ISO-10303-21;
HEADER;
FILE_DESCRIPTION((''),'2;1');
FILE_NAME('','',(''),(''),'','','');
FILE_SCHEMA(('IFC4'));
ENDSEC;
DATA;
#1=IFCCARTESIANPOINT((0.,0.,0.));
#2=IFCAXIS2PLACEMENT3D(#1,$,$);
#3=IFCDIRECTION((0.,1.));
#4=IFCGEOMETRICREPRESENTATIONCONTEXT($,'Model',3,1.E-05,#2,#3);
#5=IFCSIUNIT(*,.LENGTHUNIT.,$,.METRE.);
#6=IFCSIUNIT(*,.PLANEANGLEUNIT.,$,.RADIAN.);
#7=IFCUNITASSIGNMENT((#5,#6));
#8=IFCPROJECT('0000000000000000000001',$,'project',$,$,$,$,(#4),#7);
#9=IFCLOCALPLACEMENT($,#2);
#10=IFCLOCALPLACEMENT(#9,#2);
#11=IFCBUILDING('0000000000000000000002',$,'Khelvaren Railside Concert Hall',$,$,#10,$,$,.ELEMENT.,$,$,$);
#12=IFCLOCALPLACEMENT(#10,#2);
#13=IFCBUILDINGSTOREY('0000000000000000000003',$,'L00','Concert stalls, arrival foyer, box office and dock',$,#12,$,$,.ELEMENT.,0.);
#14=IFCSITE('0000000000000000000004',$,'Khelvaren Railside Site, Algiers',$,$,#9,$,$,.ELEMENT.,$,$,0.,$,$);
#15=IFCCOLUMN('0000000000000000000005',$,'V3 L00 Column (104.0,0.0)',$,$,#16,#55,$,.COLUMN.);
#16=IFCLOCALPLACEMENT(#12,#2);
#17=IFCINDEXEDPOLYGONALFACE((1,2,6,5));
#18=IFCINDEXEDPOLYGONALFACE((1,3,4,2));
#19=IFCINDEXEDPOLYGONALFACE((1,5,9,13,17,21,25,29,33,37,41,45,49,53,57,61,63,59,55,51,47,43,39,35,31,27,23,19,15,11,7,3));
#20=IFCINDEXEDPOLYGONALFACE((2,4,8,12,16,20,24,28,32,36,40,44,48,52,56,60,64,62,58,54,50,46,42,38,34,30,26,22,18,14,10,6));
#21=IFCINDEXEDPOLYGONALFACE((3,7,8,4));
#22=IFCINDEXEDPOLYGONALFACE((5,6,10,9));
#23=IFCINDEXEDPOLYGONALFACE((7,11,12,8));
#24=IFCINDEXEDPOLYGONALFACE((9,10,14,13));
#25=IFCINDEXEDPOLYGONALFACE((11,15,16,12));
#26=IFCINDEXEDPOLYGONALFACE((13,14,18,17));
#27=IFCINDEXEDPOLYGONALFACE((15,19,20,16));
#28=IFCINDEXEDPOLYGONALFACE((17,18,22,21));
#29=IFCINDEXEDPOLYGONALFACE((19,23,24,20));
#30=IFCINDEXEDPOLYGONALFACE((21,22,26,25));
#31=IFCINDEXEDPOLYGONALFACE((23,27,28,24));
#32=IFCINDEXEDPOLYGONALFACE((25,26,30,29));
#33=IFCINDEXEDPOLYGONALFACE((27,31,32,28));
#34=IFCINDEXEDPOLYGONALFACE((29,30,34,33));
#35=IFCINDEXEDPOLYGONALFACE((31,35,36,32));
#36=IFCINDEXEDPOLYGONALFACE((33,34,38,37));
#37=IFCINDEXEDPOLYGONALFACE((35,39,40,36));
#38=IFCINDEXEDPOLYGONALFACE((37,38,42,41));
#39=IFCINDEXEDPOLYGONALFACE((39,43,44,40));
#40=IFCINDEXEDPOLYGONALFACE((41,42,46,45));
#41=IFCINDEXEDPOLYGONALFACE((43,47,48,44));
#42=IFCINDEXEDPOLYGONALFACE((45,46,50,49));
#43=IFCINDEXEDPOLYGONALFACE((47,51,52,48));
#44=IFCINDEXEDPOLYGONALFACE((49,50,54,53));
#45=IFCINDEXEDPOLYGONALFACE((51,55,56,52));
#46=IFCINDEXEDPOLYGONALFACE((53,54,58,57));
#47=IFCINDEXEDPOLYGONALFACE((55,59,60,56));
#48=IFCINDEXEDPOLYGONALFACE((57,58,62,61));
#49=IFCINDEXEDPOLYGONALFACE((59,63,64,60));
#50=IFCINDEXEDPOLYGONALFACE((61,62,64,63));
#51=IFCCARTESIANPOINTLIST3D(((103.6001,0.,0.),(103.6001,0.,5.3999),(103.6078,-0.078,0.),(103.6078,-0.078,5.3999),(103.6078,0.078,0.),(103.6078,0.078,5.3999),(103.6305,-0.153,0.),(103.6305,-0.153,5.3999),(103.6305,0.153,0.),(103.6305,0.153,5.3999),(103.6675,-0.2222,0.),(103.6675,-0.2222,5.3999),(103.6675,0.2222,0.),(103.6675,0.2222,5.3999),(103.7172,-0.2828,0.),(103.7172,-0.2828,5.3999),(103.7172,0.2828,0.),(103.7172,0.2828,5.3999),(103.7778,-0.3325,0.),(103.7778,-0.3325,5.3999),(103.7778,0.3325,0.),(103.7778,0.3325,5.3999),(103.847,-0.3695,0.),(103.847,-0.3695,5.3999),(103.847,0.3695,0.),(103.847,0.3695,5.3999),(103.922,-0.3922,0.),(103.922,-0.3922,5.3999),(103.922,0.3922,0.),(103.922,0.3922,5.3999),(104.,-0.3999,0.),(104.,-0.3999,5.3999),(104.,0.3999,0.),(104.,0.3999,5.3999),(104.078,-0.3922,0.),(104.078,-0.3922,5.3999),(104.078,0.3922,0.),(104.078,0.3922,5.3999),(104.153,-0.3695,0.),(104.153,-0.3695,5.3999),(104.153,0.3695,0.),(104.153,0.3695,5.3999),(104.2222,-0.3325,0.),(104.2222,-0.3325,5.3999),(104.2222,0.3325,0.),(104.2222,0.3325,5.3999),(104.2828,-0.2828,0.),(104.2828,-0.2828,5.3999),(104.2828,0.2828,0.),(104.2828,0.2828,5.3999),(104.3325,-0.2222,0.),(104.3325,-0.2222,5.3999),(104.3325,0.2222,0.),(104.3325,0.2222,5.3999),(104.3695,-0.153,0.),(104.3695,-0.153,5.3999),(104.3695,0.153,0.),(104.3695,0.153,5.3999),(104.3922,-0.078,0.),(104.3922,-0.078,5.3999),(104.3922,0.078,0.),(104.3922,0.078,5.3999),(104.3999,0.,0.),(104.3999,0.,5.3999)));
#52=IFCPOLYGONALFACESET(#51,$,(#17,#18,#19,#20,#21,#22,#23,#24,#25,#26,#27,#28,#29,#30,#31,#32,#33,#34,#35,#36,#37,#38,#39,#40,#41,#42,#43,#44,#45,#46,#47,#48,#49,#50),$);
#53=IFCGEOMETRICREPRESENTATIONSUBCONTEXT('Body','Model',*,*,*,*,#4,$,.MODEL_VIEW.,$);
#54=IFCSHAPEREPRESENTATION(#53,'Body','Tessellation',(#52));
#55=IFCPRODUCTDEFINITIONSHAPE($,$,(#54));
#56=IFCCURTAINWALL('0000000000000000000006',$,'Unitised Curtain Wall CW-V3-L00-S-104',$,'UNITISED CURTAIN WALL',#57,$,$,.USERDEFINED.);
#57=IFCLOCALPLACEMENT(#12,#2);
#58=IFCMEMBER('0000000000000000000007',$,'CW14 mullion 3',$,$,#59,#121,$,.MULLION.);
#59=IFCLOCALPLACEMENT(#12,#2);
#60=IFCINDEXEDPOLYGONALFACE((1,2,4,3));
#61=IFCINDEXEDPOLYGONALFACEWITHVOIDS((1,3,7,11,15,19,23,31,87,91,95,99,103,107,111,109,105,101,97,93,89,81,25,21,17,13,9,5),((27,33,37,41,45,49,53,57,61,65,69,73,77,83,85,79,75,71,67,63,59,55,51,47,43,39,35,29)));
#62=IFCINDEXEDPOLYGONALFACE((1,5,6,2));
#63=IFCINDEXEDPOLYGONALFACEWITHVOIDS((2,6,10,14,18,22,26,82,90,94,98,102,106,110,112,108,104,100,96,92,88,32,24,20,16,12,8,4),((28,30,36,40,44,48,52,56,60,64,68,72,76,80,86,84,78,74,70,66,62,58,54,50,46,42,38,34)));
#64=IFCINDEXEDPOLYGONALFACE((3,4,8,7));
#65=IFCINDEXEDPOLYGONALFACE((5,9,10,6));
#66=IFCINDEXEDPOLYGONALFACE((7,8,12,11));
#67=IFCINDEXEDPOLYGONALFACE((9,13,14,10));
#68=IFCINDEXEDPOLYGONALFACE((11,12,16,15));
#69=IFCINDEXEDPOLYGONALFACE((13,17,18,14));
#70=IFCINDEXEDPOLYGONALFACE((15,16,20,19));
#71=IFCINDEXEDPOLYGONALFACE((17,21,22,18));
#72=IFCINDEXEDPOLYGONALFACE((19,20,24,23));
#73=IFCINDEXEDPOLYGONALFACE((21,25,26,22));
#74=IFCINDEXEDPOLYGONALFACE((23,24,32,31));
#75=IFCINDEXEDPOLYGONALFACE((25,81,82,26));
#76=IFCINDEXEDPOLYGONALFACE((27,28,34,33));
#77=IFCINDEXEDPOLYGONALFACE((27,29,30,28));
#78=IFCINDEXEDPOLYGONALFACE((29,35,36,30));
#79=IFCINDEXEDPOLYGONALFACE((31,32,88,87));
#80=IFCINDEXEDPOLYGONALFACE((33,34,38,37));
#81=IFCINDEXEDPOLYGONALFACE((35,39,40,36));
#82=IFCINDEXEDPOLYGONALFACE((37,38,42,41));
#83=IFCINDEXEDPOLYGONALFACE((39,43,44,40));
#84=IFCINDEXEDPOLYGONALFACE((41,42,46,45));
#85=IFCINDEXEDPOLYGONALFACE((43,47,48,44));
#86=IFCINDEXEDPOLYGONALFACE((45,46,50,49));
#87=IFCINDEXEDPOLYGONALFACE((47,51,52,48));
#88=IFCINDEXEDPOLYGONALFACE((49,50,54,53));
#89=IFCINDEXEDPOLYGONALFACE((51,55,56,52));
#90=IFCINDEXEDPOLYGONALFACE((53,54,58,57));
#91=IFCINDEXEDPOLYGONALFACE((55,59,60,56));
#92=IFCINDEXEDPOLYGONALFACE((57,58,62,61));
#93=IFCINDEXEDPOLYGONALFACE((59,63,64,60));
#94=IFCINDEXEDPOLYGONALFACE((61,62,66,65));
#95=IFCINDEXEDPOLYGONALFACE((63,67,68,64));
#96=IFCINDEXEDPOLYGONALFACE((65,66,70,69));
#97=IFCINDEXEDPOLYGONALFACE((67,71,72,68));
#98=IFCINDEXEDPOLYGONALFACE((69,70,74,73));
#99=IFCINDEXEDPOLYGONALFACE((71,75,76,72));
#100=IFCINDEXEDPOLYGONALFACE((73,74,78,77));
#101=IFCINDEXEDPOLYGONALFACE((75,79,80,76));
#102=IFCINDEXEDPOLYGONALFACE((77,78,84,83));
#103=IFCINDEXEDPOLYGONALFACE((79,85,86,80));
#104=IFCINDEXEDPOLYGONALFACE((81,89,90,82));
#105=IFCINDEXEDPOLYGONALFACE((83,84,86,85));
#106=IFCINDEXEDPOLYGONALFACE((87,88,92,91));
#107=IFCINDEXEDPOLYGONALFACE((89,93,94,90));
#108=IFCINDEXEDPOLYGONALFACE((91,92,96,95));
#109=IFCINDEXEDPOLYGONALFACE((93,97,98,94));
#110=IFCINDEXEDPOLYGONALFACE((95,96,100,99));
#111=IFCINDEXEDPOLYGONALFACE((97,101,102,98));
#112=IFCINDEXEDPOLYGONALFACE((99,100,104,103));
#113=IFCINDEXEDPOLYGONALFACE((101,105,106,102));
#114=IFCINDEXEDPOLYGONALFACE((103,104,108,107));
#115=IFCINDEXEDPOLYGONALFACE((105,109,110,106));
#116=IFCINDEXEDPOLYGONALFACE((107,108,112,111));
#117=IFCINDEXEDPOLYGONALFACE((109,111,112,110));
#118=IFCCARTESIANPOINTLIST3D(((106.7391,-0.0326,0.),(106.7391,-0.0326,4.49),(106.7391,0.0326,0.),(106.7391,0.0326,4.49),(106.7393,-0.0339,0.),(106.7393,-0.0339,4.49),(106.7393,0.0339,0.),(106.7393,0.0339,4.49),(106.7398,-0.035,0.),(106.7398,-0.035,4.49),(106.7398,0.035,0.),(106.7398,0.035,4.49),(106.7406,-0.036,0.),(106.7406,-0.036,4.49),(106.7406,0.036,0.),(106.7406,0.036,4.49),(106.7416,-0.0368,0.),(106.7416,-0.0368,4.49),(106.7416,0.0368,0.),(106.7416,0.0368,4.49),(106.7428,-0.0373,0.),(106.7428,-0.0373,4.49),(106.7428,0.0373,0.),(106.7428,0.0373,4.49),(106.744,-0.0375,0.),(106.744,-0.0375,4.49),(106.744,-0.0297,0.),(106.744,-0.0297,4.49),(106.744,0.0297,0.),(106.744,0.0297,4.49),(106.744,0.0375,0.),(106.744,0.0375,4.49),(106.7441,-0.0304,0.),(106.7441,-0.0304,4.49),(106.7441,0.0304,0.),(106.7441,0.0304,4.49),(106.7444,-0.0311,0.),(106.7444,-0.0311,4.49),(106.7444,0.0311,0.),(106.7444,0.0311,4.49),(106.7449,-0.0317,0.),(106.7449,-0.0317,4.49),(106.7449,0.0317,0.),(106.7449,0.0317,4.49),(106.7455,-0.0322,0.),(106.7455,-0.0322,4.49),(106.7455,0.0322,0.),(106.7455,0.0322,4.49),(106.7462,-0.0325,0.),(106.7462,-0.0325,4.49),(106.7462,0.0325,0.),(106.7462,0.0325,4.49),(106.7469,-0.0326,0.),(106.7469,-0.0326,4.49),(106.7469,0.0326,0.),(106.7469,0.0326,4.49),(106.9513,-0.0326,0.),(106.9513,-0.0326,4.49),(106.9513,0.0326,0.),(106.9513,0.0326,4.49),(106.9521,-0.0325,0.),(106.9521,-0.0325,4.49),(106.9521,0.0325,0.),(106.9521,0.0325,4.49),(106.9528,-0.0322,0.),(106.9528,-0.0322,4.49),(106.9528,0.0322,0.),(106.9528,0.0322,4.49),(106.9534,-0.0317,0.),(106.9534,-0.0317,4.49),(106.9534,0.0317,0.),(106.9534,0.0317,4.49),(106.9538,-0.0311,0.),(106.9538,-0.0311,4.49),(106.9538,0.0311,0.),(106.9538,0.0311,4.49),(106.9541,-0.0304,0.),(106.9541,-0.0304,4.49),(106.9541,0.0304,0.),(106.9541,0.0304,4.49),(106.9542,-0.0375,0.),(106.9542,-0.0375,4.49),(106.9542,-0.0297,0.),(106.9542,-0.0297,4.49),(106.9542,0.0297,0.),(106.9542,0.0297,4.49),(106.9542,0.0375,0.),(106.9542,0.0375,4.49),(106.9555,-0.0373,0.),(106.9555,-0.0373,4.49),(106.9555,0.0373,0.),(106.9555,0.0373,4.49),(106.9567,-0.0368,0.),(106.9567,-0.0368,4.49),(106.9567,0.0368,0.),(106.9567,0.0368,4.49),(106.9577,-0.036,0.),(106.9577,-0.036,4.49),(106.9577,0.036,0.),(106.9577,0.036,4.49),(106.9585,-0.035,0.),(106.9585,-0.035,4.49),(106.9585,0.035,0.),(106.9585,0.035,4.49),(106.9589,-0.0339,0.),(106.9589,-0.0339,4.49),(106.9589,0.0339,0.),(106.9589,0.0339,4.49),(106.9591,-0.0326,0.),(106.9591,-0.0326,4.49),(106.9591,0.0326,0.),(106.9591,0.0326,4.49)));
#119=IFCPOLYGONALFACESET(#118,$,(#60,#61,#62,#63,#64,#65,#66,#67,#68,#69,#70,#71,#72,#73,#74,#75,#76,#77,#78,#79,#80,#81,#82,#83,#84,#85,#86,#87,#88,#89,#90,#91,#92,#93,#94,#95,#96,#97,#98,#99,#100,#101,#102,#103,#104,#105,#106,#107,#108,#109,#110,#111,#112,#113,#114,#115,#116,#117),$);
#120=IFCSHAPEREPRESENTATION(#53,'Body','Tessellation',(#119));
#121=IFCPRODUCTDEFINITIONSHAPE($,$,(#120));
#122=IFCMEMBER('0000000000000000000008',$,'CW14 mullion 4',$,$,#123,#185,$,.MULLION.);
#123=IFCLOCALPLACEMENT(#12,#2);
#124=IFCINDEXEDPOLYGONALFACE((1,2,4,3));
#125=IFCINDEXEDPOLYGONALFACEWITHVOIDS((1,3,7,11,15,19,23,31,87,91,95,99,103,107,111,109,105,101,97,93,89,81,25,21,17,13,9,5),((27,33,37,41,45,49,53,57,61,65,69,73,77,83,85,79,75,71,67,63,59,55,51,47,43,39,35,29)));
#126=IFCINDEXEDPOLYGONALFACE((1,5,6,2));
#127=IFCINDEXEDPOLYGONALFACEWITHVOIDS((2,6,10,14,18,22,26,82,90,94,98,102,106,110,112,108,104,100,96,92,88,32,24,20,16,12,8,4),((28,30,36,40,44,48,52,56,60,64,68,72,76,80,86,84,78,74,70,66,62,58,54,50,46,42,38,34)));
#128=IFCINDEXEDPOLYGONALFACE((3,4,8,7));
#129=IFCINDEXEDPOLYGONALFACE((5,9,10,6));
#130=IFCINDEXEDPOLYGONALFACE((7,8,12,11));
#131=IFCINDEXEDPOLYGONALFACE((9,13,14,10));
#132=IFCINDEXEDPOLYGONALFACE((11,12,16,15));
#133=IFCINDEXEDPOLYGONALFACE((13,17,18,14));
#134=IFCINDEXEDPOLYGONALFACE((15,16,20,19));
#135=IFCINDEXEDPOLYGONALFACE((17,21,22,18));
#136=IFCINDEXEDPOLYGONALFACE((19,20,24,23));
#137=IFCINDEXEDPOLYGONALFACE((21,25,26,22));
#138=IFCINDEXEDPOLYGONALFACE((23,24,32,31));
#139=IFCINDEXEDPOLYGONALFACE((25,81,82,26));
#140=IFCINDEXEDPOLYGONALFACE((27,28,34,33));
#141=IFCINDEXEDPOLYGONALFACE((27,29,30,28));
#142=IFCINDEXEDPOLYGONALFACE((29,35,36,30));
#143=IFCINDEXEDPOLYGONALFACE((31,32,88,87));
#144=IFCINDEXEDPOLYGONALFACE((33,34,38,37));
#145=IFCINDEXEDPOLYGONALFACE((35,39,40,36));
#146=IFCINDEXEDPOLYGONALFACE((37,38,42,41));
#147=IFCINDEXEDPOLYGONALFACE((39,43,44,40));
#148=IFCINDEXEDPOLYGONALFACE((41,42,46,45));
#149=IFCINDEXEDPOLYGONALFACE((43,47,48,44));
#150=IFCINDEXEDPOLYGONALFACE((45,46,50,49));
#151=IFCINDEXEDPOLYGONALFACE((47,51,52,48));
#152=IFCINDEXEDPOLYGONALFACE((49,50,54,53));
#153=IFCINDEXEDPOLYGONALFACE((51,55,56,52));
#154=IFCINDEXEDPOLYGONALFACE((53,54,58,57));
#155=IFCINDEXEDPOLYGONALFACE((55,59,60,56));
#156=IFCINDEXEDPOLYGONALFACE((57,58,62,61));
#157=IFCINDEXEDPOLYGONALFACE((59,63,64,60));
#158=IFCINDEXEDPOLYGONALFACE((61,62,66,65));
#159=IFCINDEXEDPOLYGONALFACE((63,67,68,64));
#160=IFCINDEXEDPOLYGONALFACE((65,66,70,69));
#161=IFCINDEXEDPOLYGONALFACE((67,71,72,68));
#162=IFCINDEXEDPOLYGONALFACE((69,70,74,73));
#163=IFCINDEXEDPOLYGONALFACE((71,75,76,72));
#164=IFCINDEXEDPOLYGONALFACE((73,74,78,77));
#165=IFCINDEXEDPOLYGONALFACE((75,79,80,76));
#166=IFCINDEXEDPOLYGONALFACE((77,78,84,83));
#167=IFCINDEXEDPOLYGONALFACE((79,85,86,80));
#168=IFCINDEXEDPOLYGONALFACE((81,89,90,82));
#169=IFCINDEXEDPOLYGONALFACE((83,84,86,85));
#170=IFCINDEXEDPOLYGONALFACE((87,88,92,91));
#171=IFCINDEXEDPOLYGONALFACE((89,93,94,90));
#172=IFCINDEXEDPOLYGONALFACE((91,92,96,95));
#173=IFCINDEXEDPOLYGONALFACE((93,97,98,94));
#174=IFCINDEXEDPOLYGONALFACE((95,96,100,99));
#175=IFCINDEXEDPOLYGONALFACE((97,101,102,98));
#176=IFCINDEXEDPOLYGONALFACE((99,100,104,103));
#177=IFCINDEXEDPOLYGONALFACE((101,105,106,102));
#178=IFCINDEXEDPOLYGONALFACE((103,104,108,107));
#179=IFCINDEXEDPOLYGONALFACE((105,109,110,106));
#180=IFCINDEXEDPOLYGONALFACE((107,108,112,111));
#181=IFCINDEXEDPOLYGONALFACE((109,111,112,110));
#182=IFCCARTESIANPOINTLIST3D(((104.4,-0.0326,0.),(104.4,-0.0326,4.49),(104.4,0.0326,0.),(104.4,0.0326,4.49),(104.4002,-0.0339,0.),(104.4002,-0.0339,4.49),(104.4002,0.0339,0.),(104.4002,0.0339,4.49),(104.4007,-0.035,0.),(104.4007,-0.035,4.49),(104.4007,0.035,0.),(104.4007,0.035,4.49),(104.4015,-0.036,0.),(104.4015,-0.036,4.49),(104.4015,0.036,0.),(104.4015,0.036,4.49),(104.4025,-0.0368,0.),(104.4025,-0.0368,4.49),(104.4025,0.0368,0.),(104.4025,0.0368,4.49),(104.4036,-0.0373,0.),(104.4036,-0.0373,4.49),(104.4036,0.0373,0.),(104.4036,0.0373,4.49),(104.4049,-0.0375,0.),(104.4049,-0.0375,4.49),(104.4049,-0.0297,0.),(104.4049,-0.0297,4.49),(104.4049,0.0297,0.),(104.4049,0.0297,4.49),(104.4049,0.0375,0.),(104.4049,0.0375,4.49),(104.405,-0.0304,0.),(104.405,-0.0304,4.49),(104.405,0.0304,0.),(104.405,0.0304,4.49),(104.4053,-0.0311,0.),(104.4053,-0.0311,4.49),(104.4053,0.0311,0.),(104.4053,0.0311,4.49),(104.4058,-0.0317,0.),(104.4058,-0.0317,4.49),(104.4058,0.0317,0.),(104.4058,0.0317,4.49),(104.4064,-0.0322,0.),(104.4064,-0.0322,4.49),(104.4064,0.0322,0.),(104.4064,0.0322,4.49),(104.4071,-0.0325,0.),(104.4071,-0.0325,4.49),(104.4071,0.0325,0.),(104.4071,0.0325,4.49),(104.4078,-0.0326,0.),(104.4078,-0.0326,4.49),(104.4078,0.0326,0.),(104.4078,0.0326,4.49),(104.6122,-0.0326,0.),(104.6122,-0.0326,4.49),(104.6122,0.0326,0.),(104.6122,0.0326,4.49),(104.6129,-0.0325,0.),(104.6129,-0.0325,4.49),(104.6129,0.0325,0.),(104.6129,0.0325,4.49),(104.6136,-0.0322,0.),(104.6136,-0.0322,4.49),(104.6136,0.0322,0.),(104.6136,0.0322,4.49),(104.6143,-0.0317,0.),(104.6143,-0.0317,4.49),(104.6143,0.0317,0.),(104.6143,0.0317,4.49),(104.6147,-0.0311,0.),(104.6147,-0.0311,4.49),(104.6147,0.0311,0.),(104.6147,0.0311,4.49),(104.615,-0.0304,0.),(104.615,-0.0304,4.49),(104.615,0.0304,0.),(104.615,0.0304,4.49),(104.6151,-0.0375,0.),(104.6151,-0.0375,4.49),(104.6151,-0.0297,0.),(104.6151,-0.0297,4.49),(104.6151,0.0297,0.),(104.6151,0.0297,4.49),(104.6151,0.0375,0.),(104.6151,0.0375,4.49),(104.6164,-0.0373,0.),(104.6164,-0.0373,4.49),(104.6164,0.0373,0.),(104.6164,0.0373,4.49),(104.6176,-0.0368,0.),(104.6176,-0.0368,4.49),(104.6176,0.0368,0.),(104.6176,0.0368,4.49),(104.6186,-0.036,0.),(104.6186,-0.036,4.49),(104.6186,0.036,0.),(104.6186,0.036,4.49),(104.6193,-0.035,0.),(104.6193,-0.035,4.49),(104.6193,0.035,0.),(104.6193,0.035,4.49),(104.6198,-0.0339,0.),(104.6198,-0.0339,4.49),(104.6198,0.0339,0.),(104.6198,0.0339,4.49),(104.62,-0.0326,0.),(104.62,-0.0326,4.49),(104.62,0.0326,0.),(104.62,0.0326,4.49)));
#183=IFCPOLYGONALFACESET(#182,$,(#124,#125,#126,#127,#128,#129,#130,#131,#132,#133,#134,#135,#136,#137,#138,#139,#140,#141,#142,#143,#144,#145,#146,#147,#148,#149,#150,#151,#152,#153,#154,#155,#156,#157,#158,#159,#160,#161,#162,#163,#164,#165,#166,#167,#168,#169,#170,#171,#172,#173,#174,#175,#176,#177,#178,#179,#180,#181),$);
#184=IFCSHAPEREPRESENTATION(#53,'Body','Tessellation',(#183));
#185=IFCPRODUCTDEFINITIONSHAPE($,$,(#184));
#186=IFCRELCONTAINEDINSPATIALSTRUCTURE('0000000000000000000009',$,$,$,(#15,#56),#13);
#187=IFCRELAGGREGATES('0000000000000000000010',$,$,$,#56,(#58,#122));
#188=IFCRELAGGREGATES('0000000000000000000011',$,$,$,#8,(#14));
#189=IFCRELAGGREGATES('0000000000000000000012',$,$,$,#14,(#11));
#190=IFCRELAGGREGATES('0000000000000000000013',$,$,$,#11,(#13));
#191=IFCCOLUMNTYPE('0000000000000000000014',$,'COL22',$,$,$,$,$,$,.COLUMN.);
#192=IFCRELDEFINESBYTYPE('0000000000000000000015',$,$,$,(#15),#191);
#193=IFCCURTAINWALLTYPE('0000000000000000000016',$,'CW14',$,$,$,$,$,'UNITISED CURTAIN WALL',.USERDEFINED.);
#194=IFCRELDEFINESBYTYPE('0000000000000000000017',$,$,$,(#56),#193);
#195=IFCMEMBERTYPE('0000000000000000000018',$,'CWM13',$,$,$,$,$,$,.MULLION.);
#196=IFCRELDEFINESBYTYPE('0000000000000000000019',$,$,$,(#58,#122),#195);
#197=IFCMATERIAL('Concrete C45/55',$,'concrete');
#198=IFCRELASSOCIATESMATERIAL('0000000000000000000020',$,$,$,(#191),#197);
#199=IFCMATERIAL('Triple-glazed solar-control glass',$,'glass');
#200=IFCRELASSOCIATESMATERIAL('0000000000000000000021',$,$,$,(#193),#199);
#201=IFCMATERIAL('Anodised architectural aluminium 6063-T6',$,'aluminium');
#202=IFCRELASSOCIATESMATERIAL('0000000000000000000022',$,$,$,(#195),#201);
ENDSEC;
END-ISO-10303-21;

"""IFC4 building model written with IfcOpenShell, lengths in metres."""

from ifc_helpers import new_model, si_unit, direction, frame, origin, origin_2d, place, context, subcontext, project, spatial, hollow_rectangle, circle, extrude, material, material_profile, profile_set, type_object, element, aggregate, save


model = new_model("IFC4")

# Units and contexts
model_context = context("Model", 3, precision=1e-05, world=origin(), true_north=direction((0.0, 1.0)))
body_context = subcontext(model_context, "Body", "Model", "MODEL_VIEW")
ifc_project = project(units=[si_unit("LENGTHUNIT", "METRE"), si_unit("PLANEANGLEUNIT", "RADIAN")], contexts=[model_context])

# Site, building, storey
site_placement = place(None, origin())
site = spatial("IfcSite", under=ifc_project, at=site_placement, Name="Khelvaren Railside Site, Algiers", CompositionType="ELEMENT", RefElevation=0.0)
building_placement = place(site_placement, origin())
building = spatial("IfcBuilding", under=site, at=building_placement, Name="Khelvaren Railside Concert Hall", CompositionType="ELEMENT")
storey_placement = place(building_placement, origin())
storey = spatial("IfcBuildingStorey", under=building, at=storey_placement, Name="L00", Description="Concert stalls, arrival foyer, box office and dock", CompositionType="ELEMENT", Elevation=0.0)

# Column
ifc_material_1 = material(Name="Concrete C45/55", Category="concrete")
ifc_material_profile_1 = material_profile(ifc_material_1, circle(Radius=0.3999, at=origin_2d()), Name="RC D800")
ifc_profile_set_1 = profile_set([ifc_material_profile_1], Name="Concrete C45/55")
column_type = type_object("IfcColumnType", Name="COL22", PredefinedType="COLUMN", material=ifc_profile_set_1)
column_placement = place(storey_placement, frame((104.0, 0.0, 0.0), z_axis=(0.0, 0.0, 1.0), x_axis=(1.0, 0.0, 0.0)))
element("IfcColumn", 1, at=column_placement, inside=storey, type_object=column_type, Name="V3 L00 Column (104.0,0.0)", PredefinedType="COLUMN", context=body_context, shape_type="SweptSolid", body=[
    extrude(circle(Radius=0.3999, at=origin_2d()), origin(), (0.0, 0.0, 1.0), 5.3999),
])

# Curtain wall, members
ifc_material_2 = material(Name="Triple-glazed solar-control glass", Category="glass")
curtain_wall_type = type_object("IfcCurtainWallType", Name="CW14", ElementType="UNITISED CURTAIN WALL", PredefinedType="USERDEFINED", material=ifc_material_2)
curtain_wall_placement = place(storey_placement, origin())
curtain_wall = element("IfcCurtainWall", 2, at=curtain_wall_placement, inside=storey, type_object=curtain_wall_type, Name="Unitised Curtain Wall CW-V3-L00-S-104", ObjectType="UNITISED CURTAIN WALL", PredefinedType="USERDEFINED")
ifc_material_3 = material(Name="Anodised architectural aluminium 6063-T6", Category="aluminium")
ifc_material_profile_2 = material_profile(ifc_material_3, hollow_rectangle(XDim=0.075, YDim=0.22, WallThickness=0.0049, InnerFilletRadius=0.0029, OuterFilletRadius=0.0049, at=origin_2d()), Name="CWM 75x220x5")
ifc_profile_set_2 = profile_set([ifc_material_profile_2], Name="Anodised architectural aluminium 6063-T6")
member_type_1 = type_object("IfcMemberType", Name="CWM13", PredefinedType="MULLION", material=ifc_profile_set_2)
member_1_placement = place(storey_placement, frame((106.8491, 0.0, 0.0), z_axis=(0.0, 0.0, 1.0), x_axis=(0.0, -1.0, 0.0)))
member_1 = element("IfcMember", 3, at=member_1_placement, type_object=member_type_1, Name="CW14 mullion 3", PredefinedType="MULLION", context=body_context, shape_type="SweptSolid", body=[
    extrude(hollow_rectangle(XDim=0.075, YDim=0.22, WallThickness=0.0049, InnerFilletRadius=0.0029, OuterFilletRadius=0.0049, at=origin_2d()), origin(), (0.0, 0.0, 1.0), 4.49),
])
member_2_placement = place(storey_placement, frame((104.51, 0.0, 0.0), z_axis=(0.0, 0.0, 1.0), x_axis=(0.0, -1.0, 0.0)))
member_2 = element("IfcMember", 4, at=member_2_placement, type_object=member_type_1, Name="CW14 mullion 4", PredefinedType="MULLION", context=body_context, shape_type="SweptSolid", body=[
    extrude(hollow_rectangle(XDim=0.075, YDim=0.22, WallThickness=0.0049, InnerFilletRadius=0.0029, OuterFilletRadius=0.0049, at=origin_2d()), origin(), (0.0, 0.0, 1.0), 4.49),
])

aggregate(curtain_wall, [member_1, member_2])

save(model, "model.ifc")
